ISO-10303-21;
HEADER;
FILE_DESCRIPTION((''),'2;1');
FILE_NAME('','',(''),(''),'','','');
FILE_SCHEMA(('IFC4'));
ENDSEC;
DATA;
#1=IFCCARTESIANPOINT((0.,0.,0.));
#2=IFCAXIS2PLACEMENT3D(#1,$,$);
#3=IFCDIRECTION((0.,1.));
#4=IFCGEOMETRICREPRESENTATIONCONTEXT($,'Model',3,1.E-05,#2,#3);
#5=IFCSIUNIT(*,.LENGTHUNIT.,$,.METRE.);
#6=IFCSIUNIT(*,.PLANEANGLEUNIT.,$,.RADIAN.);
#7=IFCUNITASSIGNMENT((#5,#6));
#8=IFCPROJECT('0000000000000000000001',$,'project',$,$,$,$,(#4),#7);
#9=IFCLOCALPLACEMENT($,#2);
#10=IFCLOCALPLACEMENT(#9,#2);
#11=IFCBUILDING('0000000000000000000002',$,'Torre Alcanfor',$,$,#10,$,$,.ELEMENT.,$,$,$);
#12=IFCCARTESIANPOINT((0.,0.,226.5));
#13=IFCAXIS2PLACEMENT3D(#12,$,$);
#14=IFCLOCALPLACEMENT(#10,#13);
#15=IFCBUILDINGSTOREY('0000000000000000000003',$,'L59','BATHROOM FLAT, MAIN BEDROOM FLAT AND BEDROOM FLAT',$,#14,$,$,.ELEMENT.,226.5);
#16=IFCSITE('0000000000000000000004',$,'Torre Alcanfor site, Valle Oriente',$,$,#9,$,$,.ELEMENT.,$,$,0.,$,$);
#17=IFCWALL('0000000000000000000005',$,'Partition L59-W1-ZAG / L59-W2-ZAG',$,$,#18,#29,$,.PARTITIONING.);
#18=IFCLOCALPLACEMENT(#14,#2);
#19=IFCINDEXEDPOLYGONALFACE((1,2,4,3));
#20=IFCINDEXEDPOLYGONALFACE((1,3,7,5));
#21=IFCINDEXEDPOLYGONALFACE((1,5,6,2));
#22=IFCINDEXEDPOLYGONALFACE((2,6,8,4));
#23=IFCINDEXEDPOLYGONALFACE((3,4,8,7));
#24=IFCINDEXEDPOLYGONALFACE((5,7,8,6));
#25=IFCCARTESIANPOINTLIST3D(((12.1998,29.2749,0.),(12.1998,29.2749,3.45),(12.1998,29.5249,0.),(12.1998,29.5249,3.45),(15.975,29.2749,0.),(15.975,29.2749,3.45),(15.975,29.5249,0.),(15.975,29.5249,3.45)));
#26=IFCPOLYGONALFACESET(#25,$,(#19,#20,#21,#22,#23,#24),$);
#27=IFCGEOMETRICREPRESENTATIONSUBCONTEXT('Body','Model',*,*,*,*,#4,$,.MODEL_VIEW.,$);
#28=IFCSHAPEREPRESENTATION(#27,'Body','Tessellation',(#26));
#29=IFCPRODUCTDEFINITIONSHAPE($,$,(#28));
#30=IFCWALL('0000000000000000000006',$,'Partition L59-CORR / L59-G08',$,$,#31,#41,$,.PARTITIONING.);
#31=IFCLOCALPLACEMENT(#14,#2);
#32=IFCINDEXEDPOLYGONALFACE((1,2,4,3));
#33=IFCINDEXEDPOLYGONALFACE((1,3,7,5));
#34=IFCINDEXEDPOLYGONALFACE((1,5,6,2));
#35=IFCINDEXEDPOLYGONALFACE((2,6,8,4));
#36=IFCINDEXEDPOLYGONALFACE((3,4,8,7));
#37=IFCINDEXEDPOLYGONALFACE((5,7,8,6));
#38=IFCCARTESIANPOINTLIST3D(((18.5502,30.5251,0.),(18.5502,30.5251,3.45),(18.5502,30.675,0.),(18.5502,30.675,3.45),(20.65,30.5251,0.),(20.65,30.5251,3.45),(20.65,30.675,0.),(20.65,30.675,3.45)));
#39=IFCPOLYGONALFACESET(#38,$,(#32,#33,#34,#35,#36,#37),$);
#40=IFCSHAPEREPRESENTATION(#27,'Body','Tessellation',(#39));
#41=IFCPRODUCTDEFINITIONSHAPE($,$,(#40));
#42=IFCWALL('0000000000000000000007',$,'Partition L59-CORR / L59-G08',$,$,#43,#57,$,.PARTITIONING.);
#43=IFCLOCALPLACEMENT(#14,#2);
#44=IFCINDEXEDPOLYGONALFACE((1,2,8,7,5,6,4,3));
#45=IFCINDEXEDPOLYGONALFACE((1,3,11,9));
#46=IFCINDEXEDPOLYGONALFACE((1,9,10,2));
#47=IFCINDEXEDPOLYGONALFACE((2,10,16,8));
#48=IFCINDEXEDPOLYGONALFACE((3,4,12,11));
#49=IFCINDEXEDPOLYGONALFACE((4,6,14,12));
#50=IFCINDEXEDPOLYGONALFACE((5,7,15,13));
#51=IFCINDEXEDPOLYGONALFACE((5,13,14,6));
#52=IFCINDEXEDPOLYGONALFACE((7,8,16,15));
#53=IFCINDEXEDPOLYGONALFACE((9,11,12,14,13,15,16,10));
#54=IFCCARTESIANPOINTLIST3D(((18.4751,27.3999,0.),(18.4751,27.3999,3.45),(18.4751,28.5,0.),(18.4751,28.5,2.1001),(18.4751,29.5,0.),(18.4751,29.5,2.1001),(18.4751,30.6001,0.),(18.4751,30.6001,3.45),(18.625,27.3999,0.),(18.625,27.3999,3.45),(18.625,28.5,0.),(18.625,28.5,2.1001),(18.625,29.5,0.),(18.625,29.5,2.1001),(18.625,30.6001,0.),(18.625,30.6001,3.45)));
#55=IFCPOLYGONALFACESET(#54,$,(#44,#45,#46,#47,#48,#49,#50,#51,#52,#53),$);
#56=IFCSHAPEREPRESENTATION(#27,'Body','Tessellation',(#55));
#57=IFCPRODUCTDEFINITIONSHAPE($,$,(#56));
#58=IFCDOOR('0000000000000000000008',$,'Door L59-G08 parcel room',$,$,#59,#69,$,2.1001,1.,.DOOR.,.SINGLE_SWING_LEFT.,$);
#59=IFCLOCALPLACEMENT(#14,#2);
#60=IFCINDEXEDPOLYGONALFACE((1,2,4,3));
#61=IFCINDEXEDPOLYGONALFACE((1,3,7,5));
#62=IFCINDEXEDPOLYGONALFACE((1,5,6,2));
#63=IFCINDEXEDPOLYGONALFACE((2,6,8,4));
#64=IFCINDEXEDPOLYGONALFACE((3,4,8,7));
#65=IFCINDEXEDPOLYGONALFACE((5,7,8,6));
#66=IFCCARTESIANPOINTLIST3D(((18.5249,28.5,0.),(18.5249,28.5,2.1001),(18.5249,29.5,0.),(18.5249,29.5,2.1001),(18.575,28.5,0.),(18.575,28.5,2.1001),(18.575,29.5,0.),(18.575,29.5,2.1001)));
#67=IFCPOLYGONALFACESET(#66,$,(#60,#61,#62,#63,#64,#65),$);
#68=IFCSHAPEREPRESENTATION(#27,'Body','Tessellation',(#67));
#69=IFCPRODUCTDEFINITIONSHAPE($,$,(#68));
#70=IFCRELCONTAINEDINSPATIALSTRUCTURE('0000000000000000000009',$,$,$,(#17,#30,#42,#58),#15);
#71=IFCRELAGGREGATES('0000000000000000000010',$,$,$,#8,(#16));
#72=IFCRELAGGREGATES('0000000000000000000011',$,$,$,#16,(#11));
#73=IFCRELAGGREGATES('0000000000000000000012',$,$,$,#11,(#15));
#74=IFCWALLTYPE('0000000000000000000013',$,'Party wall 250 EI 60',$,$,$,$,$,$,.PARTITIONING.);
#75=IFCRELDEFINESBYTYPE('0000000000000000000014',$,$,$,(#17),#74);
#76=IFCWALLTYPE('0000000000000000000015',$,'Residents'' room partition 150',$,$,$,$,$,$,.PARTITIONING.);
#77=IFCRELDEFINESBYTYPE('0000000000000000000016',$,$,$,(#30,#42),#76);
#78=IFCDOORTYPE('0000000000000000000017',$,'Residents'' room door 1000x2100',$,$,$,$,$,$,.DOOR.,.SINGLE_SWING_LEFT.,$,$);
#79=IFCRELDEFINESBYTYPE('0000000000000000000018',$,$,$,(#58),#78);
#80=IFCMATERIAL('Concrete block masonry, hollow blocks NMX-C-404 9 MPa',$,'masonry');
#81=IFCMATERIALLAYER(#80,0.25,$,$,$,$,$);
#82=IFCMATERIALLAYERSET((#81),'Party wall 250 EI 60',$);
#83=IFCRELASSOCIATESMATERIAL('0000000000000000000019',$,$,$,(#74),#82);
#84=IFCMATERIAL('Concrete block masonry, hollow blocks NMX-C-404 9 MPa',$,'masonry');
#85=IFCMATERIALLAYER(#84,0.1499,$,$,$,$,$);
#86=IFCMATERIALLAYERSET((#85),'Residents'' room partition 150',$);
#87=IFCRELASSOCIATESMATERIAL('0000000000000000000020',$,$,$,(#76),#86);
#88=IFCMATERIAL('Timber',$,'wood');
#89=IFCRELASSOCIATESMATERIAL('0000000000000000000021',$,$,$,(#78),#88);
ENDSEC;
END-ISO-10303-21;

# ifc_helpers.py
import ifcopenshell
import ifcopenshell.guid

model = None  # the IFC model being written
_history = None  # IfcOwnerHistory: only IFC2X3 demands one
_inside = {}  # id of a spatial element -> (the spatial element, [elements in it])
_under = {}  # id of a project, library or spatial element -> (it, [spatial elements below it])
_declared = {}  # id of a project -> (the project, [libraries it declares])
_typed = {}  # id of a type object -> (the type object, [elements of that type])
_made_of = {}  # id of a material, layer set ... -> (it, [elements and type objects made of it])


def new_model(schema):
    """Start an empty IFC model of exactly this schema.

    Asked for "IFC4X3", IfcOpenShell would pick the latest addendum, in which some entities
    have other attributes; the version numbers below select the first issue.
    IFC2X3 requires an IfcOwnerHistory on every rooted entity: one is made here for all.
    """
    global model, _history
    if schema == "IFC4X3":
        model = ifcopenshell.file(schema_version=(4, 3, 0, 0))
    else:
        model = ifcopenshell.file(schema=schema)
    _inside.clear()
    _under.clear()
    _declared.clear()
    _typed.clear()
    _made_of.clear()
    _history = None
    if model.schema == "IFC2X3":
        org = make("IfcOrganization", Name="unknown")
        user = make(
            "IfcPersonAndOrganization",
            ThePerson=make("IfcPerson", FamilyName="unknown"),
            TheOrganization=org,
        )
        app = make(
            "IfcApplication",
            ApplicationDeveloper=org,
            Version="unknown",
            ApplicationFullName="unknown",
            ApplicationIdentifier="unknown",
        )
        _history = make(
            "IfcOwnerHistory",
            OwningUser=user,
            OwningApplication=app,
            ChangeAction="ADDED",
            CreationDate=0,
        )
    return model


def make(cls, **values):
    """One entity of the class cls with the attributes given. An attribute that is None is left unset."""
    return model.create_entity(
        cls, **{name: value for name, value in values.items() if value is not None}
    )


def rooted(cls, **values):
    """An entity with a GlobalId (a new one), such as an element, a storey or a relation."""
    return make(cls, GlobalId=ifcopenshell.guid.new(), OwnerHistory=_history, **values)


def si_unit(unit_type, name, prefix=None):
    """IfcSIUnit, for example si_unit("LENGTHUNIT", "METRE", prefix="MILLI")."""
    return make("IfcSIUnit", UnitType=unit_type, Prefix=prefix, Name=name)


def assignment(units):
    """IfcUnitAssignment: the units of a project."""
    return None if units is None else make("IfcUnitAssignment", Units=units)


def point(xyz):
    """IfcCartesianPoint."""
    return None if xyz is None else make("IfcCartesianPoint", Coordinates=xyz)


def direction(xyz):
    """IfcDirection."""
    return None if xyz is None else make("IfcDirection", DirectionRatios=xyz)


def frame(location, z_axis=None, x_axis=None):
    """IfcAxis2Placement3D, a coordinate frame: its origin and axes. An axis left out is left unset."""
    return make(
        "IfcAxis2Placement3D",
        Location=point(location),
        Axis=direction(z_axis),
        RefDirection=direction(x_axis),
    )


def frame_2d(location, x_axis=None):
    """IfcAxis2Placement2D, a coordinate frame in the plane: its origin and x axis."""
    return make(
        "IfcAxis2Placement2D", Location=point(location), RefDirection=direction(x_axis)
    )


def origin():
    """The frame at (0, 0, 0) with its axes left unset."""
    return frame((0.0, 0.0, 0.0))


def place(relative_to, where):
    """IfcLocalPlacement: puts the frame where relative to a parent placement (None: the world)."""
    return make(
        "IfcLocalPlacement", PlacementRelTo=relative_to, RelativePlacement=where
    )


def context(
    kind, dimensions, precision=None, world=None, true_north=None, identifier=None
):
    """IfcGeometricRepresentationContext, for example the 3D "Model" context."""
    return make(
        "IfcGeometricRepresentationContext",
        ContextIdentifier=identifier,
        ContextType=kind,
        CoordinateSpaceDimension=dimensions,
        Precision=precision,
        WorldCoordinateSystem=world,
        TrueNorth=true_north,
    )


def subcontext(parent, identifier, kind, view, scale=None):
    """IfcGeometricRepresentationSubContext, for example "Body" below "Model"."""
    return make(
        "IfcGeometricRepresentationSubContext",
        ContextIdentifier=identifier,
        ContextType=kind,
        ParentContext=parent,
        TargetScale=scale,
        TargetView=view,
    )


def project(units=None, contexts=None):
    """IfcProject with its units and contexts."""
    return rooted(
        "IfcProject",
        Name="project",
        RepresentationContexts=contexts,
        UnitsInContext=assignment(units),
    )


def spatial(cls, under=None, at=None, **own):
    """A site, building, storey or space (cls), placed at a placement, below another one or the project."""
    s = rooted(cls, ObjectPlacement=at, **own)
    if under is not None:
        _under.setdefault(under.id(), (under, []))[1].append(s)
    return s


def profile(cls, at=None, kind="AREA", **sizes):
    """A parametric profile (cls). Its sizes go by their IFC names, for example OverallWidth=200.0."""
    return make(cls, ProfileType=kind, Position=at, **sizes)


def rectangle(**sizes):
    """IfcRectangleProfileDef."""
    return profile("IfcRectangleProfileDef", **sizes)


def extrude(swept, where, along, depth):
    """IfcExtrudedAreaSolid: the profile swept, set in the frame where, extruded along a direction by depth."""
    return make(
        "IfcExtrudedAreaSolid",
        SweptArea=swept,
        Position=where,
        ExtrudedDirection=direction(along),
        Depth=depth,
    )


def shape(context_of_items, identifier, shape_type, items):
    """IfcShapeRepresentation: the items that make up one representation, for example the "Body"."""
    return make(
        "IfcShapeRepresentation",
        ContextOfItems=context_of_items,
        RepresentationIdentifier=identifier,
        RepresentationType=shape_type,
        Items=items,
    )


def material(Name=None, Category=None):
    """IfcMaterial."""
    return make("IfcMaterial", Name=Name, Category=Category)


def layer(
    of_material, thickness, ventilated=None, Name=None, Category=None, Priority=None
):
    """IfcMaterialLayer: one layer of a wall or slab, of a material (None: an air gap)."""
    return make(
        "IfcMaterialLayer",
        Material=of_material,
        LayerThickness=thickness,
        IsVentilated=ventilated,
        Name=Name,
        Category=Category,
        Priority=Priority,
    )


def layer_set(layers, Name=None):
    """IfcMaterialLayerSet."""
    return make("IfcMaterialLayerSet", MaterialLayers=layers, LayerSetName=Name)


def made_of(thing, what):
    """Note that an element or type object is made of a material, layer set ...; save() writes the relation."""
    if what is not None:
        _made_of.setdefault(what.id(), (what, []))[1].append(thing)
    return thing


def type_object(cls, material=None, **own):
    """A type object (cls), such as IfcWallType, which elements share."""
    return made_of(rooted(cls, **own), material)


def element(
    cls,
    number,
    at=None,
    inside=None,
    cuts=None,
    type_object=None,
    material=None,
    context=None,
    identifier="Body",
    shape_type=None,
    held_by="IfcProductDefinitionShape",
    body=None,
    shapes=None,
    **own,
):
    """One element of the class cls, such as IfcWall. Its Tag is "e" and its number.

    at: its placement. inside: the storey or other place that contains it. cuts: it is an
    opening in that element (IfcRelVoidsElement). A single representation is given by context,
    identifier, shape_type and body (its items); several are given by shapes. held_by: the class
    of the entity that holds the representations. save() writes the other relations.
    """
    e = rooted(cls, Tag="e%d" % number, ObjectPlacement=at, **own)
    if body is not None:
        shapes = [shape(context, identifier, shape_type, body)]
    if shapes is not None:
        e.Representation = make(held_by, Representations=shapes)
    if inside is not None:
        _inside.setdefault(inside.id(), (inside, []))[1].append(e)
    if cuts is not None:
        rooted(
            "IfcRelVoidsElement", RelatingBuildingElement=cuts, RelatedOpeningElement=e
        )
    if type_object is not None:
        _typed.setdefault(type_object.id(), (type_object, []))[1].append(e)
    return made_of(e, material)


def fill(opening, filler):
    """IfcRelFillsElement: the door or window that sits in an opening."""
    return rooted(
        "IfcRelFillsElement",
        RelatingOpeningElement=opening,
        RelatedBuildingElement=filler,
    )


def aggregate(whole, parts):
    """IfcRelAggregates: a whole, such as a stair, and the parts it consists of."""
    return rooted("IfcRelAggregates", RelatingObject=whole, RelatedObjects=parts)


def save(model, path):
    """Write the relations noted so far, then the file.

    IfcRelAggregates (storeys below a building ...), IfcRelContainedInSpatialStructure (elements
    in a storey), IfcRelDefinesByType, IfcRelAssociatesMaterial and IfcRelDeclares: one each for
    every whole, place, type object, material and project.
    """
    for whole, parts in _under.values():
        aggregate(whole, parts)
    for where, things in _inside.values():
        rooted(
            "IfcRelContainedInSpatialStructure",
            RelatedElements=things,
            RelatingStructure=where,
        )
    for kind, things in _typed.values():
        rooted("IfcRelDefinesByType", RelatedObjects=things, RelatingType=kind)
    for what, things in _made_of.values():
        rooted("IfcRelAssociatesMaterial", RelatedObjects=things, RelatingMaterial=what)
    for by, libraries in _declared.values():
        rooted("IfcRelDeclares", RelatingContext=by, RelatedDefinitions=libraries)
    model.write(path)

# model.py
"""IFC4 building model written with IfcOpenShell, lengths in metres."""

from ifc_helpers import new_model, si_unit, direction, frame, frame_2d, origin, place, context, subcontext, project, spatial, rectangle, extrude, material, layer, layer_set, type_object, element, fill, save


model = new_model("IFC4")

# Units and contexts
model_context = context("Model", 3, precision=1e-05, world=origin(), true_north=direction((0.0, 1.0)))
body_context = subcontext(model_context, "Body", "Model", "MODEL_VIEW")
ifc_project = project(units=[si_unit("LENGTHUNIT", "METRE"), si_unit("PLANEANGLEUNIT", "RADIAN")], contexts=[model_context])

# Site, building, storey
site_placement = place(None, origin())
site = spatial("IfcSite", under=ifc_project, at=site_placement, Name="Torre Alcanfor site, Valle Oriente", CompositionType="ELEMENT", RefElevation=0.0)
building_placement = place(site_placement, origin())
building = spatial("IfcBuilding", under=site, at=building_placement, Name="Torre Alcanfor", CompositionType="ELEMENT")
storey_placement = place(building_placement, frame((0.0, 0.0, 226.5)))
storey = spatial("IfcBuildingStorey", under=building, at=storey_placement, Name="L59", Description="BATHROOM FLAT, MAIN BEDROOM FLAT AND BEDROOM FLAT", CompositionType="ELEMENT", Elevation=226.5)

# Walls
ifc_material_1 = material(Name="Concrete block masonry, hollow blocks NMX-C-404 9 MPa", Category="masonry")
ifc_layer_1 = layer(ifc_material_1, 0.25)
ifc_layer_set_1 = layer_set([ifc_layer_1], Name="Party wall 250 EI 60")
wall_type_1 = type_object("IfcWallType", Name="Party wall 250 EI 60", PredefinedType="PARTITIONING", material=ifc_layer_set_1)
wall_1_placement = place(storey_placement, frame((15.9751, 29.3999, 0.0), z_axis=(0.0, 0.0, 1.0), x_axis=(-1.0, 0.0, 0.0)))
element("IfcWall", 1, at=wall_1_placement, inside=storey, type_object=wall_type_1, Name="Partition L59-W1-ZAG / L59-W2-ZAG", PredefinedType="PARTITIONING", context=body_context, shape_type="SweptSolid", body=[
    extrude(rectangle(XDim=3.7751, YDim=0.25, at=frame_2d((1.8877, 0.0))), origin(), (0.0, 0.0, 1.0), 3.45),
])
ifc_material_2 = material(Name="Concrete block masonry, hollow blocks NMX-C-404 9 MPa", Category="masonry")
ifc_layer_2 = layer(ifc_material_2, 0.1499)
ifc_layer_set_2 = layer_set([ifc_layer_2], Name="Residents' room partition 150")
wall_type_2 = type_object("IfcWallType", Name="Residents' room partition 150", PredefinedType="PARTITIONING", material=ifc_layer_set_2)
wall_2_placement = place(storey_placement, frame((20.6499, 30.6001, 0.0), z_axis=(0.0, 0.0, 1.0), x_axis=(-1.0, 0.0, 0.0)))
element("IfcWall", 2, at=wall_2_placement, inside=storey, type_object=wall_type_2, Name="Partition L59-CORR / L59-G08", PredefinedType="PARTITIONING", context=body_context, shape_type="SweptSolid", body=[
    extrude(rectangle(XDim=2.0999, YDim=0.1499, at=frame_2d((1.0498, 0.0))), origin(), (0.0, 0.0, 1.0), 3.45),
])

# Wall, opening, door
wall_3_placement = place(storey_placement, frame((18.55, 30.6001, 0.0), z_axis=(0.0, 0.0, 1.0), x_axis=(0.0, -1.0, 0.0)))
wall_3 = element("IfcWall", 3, at=wall_3_placement, inside=storey, type_object=wall_type_2, Name="Partition L59-CORR / L59-G08", PredefinedType="PARTITIONING", context=body_context, shape_type="SweptSolid", body=[
    extrude(rectangle(XDim=3.2002, YDim=0.1499, at=frame_2d((1.6001, 0.0))), origin(), (0.0, 0.0, 1.0), 3.45),
])
opening_1_placement = place(wall_3_placement, frame((1.1001, 0.0, 0.0)))
opening_1 = element("IfcOpeningElement", 4, at=opening_1_placement, cuts=wall_3, PredefinedType="OPENING", context=body_context, shape_type="SweptSolid", body=[
    extrude(rectangle(XDim=1.0, YDim=2.1001, at=frame_2d((0.5, 1.05))), frame((0.0, 0.085, 0.0), z_axis=(0.0, -1.0, 0.0), x_axis=(1.0, 0.0, 0.0)), (0.0, 0.0, 1.0), 0.1699),
])
ifc_material_3 = material(Name="Timber", Category="wood")
door_type_1 = type_object("IfcDoorType", Name="Residents' room door 1000x2100", OperationType="SINGLE_SWING_LEFT", PredefinedType="DOOR", material=ifc_material_3)
door_1_placement = place(opening_1_placement, origin())
door_1 = element("IfcDoor", 5, at=door_1_placement, inside=storey, type_object=door_type_1, Name="Door L59-G08 parcel room", OperationType="SINGLE_SWING_LEFT", OverallHeight=2.1001, OverallWidth=1.0, PredefinedType="DOOR", context=body_context, shape_type="SweptSolid", body=[
    extrude(rectangle(XDim=1.0, YDim=2.1001, at=frame_2d((0.5, 1.05))), frame((0.0, 0.0249, 0.0), z_axis=(0.0, -1.0, 0.0), x_axis=(1.0, 0.0, 0.0)), (0.0, 0.0, 1.0), 0.05),
])
fill(opening_1, door_1)

save(model, "model.ifc")
